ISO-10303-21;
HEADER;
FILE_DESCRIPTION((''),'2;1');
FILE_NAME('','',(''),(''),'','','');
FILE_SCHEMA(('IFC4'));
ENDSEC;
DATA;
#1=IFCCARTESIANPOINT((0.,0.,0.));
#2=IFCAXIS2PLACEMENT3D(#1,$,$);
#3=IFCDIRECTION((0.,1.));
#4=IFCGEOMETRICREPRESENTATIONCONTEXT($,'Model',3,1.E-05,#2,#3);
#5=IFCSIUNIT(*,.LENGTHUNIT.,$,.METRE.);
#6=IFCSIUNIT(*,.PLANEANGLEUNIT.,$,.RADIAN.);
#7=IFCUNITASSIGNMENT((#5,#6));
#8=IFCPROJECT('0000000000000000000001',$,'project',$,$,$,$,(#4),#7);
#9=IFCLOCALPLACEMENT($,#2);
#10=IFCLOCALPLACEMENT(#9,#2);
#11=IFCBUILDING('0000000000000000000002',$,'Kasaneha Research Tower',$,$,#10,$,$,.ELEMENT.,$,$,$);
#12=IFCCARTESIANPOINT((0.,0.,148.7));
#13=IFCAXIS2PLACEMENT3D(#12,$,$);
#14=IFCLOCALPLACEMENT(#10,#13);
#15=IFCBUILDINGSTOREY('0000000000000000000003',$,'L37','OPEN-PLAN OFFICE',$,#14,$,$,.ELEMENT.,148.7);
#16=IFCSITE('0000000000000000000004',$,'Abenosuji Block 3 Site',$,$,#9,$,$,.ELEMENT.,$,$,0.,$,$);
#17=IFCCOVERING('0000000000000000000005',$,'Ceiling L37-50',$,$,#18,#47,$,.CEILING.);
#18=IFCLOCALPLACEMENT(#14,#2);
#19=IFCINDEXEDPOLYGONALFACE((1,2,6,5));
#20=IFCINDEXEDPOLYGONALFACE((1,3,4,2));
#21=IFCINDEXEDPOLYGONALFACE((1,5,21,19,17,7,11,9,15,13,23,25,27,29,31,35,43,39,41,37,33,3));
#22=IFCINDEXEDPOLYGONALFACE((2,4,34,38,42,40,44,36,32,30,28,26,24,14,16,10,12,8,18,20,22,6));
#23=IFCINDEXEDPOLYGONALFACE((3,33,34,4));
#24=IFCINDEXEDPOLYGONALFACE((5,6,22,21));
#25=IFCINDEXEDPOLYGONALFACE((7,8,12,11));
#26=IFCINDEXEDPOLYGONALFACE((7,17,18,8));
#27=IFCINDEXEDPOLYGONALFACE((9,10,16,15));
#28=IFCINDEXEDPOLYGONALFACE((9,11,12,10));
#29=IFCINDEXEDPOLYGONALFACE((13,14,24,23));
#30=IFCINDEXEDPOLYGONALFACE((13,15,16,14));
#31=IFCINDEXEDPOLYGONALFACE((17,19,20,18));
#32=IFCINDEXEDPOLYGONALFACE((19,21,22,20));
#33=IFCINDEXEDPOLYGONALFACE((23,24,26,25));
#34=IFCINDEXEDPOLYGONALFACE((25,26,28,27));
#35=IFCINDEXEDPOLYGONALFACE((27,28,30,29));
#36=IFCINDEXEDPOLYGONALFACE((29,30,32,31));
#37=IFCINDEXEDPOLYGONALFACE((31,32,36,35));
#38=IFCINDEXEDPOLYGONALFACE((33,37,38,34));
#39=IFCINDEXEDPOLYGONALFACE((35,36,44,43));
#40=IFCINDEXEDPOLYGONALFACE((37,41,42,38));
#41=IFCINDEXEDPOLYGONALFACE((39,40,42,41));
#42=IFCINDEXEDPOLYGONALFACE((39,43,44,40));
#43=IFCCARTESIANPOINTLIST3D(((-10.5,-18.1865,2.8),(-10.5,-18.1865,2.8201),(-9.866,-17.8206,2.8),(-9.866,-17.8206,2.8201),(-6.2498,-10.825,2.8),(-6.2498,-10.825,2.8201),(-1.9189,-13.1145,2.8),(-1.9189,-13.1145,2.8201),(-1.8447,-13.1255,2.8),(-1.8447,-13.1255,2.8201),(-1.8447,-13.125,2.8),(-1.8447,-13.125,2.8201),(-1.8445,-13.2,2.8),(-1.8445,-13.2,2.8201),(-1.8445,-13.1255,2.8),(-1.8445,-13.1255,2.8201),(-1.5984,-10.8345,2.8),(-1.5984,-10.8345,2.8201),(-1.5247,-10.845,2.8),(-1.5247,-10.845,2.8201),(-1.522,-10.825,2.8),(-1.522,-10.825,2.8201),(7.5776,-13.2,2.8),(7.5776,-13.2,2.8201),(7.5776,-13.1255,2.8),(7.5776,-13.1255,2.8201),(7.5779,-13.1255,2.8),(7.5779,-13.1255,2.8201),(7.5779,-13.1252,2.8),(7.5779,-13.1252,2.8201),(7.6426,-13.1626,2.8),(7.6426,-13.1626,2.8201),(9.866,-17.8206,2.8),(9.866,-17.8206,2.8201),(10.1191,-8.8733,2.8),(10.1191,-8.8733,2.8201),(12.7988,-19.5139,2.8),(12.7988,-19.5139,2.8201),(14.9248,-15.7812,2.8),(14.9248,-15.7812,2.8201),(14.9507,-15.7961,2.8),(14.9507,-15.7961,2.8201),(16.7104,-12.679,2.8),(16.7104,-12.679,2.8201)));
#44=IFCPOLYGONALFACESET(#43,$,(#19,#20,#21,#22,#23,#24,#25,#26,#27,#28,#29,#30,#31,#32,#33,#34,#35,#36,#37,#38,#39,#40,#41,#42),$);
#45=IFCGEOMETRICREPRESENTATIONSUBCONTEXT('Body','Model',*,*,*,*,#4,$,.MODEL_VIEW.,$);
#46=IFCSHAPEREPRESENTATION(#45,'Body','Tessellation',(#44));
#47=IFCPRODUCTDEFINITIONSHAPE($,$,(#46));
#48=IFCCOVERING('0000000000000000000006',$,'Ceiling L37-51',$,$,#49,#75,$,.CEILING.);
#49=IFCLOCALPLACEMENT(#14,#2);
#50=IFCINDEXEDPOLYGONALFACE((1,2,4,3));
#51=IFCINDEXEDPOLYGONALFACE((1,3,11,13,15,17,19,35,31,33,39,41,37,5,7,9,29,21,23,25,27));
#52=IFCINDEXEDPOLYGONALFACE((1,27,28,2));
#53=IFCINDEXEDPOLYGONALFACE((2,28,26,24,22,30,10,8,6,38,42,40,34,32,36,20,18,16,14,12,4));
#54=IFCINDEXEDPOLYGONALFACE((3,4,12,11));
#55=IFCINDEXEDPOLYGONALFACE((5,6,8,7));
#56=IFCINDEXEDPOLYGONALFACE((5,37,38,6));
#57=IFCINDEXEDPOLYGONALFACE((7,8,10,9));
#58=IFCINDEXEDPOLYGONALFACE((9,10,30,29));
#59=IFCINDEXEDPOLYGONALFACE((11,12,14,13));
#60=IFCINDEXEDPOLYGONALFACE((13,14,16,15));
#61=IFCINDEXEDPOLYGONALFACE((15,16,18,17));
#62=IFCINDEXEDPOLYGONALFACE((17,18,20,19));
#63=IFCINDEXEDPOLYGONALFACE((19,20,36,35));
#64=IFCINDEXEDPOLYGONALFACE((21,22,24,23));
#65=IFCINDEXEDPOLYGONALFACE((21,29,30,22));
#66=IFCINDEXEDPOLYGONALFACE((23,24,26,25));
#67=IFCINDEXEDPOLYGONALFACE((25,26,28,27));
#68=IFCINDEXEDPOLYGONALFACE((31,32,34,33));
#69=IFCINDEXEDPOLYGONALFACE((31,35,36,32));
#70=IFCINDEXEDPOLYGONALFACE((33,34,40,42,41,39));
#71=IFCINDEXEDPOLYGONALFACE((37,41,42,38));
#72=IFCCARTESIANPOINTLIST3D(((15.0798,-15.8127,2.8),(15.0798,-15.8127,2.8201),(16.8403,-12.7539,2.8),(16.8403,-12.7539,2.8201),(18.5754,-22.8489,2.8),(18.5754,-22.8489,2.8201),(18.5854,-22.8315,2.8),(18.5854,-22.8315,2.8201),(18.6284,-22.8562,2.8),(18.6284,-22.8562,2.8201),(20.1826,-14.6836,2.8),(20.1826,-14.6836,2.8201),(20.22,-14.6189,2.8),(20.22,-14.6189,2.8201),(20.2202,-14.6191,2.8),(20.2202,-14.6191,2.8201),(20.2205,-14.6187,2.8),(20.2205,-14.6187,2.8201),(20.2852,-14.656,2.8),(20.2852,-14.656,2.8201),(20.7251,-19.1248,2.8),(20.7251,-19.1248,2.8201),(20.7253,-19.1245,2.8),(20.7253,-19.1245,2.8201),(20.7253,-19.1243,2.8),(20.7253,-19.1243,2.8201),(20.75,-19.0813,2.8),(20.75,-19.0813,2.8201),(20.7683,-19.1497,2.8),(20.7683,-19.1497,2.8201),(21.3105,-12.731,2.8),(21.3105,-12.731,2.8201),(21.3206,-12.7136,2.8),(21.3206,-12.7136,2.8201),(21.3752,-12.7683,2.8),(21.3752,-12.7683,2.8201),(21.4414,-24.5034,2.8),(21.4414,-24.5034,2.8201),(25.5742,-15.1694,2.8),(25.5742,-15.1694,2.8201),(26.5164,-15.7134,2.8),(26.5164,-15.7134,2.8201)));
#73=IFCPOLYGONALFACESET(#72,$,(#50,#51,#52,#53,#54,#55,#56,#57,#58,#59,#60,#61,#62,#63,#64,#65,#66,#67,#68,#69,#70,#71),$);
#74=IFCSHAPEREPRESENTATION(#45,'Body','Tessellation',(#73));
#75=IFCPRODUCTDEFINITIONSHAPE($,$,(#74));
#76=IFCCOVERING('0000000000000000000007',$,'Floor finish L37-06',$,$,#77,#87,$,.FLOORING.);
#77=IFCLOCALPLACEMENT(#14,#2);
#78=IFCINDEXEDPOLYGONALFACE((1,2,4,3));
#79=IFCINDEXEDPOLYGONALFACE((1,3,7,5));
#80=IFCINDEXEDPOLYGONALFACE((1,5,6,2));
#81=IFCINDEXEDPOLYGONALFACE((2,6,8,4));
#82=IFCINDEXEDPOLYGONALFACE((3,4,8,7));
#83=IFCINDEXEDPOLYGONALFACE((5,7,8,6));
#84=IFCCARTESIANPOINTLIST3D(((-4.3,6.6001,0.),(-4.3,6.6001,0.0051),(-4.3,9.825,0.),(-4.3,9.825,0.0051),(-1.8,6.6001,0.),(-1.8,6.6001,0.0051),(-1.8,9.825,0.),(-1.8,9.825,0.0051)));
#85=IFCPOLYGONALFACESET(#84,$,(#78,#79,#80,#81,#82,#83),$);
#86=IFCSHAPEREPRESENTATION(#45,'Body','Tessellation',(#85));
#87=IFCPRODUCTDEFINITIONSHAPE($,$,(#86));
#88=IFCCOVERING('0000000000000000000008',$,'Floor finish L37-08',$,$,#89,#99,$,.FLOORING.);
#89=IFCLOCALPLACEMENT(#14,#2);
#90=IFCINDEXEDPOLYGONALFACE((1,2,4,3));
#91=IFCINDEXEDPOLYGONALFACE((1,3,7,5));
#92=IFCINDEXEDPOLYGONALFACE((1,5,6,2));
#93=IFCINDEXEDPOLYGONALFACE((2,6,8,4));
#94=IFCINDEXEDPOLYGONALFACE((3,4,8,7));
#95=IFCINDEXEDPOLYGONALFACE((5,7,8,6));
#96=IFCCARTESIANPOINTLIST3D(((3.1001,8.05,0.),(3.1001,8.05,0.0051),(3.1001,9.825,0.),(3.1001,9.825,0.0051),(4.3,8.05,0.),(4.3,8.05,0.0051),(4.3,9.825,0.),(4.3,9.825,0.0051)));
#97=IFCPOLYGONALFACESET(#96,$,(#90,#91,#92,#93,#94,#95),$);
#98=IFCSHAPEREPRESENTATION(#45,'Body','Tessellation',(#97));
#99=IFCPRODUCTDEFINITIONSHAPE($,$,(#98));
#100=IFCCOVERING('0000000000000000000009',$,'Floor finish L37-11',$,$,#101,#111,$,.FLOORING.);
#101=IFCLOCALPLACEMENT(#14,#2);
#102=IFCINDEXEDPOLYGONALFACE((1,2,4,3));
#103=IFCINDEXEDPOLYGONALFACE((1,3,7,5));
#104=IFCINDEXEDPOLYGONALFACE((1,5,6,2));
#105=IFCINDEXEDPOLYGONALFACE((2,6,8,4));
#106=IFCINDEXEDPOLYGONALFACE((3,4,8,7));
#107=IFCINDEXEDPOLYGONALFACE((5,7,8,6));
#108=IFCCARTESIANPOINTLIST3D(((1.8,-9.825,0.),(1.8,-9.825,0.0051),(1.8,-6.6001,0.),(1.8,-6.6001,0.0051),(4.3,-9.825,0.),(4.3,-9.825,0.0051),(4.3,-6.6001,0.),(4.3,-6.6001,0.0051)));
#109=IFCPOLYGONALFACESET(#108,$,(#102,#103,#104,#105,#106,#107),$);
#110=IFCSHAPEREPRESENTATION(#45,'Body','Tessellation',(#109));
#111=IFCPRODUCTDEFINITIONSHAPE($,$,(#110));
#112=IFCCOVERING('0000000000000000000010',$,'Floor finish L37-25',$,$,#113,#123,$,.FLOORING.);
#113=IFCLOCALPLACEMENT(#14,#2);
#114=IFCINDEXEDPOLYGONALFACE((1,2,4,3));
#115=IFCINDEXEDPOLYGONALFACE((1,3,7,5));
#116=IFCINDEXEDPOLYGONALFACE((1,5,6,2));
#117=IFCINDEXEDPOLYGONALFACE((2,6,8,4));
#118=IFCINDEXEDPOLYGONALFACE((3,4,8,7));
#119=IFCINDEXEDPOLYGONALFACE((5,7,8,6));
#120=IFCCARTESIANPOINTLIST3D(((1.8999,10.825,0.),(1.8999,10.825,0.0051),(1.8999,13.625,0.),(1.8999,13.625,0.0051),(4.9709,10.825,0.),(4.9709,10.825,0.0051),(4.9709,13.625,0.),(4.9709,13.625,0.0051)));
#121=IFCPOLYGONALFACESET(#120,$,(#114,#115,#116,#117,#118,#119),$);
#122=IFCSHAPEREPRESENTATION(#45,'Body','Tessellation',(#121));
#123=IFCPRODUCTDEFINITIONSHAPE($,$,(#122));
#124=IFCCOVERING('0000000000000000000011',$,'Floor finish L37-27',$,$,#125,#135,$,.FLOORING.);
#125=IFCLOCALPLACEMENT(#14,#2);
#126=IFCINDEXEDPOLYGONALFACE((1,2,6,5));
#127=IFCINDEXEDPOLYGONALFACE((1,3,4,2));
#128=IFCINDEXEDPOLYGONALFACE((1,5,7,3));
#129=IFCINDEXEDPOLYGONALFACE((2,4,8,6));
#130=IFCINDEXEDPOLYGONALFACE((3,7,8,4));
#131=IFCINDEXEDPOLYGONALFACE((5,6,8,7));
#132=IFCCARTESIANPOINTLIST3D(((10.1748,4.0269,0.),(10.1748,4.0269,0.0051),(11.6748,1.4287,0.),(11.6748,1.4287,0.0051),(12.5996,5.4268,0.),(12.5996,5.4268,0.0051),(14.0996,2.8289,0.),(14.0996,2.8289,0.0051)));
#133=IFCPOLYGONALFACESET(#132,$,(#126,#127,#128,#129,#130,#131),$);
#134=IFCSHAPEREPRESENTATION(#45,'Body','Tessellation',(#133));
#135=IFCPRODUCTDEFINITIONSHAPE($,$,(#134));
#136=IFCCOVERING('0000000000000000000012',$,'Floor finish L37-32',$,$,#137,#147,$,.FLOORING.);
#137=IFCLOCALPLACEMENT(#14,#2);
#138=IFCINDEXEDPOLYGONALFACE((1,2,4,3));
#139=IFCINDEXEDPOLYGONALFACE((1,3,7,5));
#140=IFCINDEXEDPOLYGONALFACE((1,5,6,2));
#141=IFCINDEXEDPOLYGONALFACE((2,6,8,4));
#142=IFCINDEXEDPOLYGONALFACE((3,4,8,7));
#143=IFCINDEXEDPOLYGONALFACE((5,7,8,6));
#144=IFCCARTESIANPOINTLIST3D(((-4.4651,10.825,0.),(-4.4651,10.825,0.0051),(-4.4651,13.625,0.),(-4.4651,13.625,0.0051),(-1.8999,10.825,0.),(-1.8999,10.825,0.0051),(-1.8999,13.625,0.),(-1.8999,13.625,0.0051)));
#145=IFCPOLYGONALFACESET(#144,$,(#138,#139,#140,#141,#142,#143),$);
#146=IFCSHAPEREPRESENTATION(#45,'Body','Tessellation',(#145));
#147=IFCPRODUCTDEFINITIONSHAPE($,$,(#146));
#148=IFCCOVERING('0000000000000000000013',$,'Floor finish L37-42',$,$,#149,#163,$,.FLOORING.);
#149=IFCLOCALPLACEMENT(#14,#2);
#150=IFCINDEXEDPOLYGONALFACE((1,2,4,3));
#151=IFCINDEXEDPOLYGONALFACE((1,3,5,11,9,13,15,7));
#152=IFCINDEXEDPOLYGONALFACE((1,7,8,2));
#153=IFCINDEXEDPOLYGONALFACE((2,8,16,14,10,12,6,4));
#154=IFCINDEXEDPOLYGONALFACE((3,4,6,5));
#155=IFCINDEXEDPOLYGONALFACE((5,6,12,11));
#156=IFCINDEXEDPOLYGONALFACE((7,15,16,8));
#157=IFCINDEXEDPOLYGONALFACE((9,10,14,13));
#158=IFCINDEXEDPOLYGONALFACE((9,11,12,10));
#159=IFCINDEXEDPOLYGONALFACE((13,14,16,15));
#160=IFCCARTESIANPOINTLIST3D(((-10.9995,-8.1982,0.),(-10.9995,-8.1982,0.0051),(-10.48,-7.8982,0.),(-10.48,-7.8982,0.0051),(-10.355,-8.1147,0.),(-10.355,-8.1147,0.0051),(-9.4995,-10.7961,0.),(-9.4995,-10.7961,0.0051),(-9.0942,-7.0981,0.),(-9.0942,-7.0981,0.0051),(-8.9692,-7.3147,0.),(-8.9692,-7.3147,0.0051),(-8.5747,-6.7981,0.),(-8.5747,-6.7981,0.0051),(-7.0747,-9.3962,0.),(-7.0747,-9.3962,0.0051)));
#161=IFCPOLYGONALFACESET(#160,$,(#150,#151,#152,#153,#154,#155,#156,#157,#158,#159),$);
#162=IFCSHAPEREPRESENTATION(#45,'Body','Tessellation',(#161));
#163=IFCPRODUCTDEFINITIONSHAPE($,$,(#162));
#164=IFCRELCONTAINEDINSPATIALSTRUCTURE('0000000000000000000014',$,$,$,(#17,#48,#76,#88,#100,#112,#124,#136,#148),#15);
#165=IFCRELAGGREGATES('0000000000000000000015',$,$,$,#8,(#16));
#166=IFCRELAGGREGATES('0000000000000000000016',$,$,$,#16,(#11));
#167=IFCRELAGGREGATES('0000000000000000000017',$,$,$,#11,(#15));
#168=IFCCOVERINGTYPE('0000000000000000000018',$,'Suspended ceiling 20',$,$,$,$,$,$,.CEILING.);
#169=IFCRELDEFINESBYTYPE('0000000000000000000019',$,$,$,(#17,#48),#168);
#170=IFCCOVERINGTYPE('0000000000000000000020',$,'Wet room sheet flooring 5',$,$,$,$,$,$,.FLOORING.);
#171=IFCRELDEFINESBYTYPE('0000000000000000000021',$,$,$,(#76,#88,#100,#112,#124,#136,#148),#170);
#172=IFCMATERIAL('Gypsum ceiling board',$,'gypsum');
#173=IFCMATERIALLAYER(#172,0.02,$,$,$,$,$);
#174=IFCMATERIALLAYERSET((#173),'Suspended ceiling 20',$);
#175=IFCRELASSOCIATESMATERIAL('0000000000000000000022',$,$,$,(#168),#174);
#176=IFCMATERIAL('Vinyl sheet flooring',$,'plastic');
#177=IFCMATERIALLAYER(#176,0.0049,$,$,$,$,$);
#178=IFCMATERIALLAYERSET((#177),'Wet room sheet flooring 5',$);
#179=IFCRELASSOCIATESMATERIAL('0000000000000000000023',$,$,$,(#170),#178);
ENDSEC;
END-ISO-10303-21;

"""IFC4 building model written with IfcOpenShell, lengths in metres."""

from ifc_helpers import new_model, si_unit, direction, frame, origin, place, context, subcontext, project, spatial, polyline, outline, extrude, material, layer, layer_set, type_object, element, save


model = new_model("IFC4")

# Units and contexts
model_context = context("Model", 3, precision=1e-05, world=origin(), true_north=direction((0.0, 1.0)))
body_context = subcontext(model_context, "Body", "Model", "MODEL_VIEW")
ifc_project = project(units=[si_unit("LENGTHUNIT", "METRE"), si_unit("PLANEANGLEUNIT", "RADIAN")], contexts=[model_context])

# Site, building, storey
site_placement = place(None, origin())
site = spatial("IfcSite", under=ifc_project, at=site_placement, Name="Abenosuji Block 3 Site", CompositionType="ELEMENT", RefElevation=0.0)
building_placement = place(site_placement, origin())
building = spatial("IfcBuilding", under=site, at=building_placement, Name="Kasaneha Research Tower", CompositionType="ELEMENT")
storey_placement = place(building_placement, frame((0.0, 0.0, 148.7)))
storey = spatial("IfcBuildingStorey", under=building, at=storey_placement, Name="L37", Description="OPEN-PLAN OFFICE", CompositionType="ELEMENT", Elevation=148.7)

# Coverings
ifc_material_1 = material(Name="Gypsum ceiling board", Category="gypsum")
ifc_layer_1 = layer(ifc_material_1, 0.02)
ifc_layer_set_1 = layer_set([ifc_layer_1], Name="Suspended ceiling 20")
covering_type_1 = type_object("IfcCoveringType", Name="Suspended ceiling 20", PredefinedType="CEILING", material=ifc_layer_set_1)
covering_1_placement = place(storey_placement, frame((0.0, 0.0, 2.8)))
element("IfcCovering", 1, at=covering_1_placement, inside=storey, type_object=covering_type_1, Name="Ceiling L37-50", PredefinedType="CEILING", context=body_context, shape_type="SweptSolid", body=[
    extrude(outline(polyline([(-6.2498, -10.825), (-1.522, -10.825), (-1.5247, -10.845), (-1.5984, -10.8345), (-1.9189, -13.1145), (-1.8447, -13.125), (-1.8447, -13.1255), (-1.8445, -13.1255), (-1.8445, -13.2), (7.5776, -13.2), (7.5776, -13.1255), (7.5779, -13.1255), (7.5779, -13.1252), (7.6426, -13.1626), (10.1191, -8.8733), (16.7104, -12.679), (14.9248, -15.7812), (14.9507, -15.7961), (12.7988, -19.5139), (9.866, -17.8206), (-9.866, -17.8206), (-10.5, -18.1865), (-6.2498, -10.825)])), origin(), (0.0, 0.0, 1.0), 0.02),
])
covering_2_placement = place(storey_placement, frame((0.0, 0.0, 2.8)))
element("IfcCovering", 2, at=covering_2_placement, inside=storey, type_object=covering_type_1, Name="Ceiling L37-51", PredefinedType="CEILING", context=body_context, shape_type="SweptSolid", body=[
    extrude(outline(polyline([(20.2205, -14.6187), (20.2852, -14.656), (21.3752, -12.7683), (21.3105, -12.731), (21.3206, -12.7136), (25.5742, -15.1694), (26.5164, -15.7134), (21.4414, -24.5034), (18.5754, -22.8489), (18.5854, -22.8315), (18.6284, -22.8562), (20.7683, -19.1497), (20.7251, -19.1248), (20.7253, -19.1245), (20.7253, -19.1243), (20.75, -19.0813), (15.0798, -15.8127), (16.8403, -12.7539), (20.1826, -14.6836), (20.22, -14.6189), (20.2202, -14.6191), (20.2205, -14.6187)])), origin(), (0.0, 0.0, 1.0), 0.02),
])
ifc_material_2 = material(Name="Vinyl sheet flooring", Category="plastic")
ifc_layer_2 = layer(ifc_material_2, 0.0049)
ifc_layer_set_2 = layer_set([ifc_layer_2], Name="Wet room sheet flooring 5")
covering_type_2 = type_object("IfcCoveringType", Name="Wet room sheet flooring 5", PredefinedType="FLOORING", material=ifc_layer_set_2)
covering_3_placement = place(storey_placement, origin())
element("IfcCovering", 3, at=covering_3_placement, inside=storey, type_object=covering_type_2, Name="Floor finish L37-06", PredefinedType="FLOORING", context=body_context, shape_type="SweptSolid", body=[
    extrude(outline(polyline([(-1.8, 9.825), (-1.8, 6.6001), (-4.3, 6.6001), (-4.3, 9.825), (-1.8, 9.825)])), origin(), (0.0, 0.0, 1.0), 0.0051),
])
covering_4_placement = place(storey_placement, origin())
element("IfcCovering", 4, at=covering_4_placement, inside=storey, type_object=covering_type_2, Name="Floor finish L37-08", PredefinedType="FLOORING", context=body_context, shape_type="SweptSolid", body=[
    extrude(outline(polyline([(4.3, 8.05), (3.1001, 8.05), (3.1001, 9.825), (4.3, 9.825), (4.3, 8.05)])), origin(), (0.0, 0.0, 1.0), 0.0051),
])
covering_5_placement = place(storey_placement, origin())
element("IfcCovering", 5, at=covering_5_placement, inside=storey, type_object=covering_type_2, Name="Floor finish L37-11", PredefinedType="FLOORING", context=body_context, shape_type="SweptSolid", body=[
    extrude(outline(polyline([(1.8, -9.825), (1.8, -6.6001), (4.3, -6.6001), (4.3, -9.825), (1.8, -9.825)])), origin(), (0.0, 0.0, 1.0), 0.0051),
])
covering_6_placement = place(storey_placement, origin())
element("IfcCovering", 6, at=covering_6_placement, inside=storey, type_object=covering_type_2, Name="Floor finish L37-25", PredefinedType="FLOORING", context=body_context, shape_type="SweptSolid", body=[
    extrude(outline(polyline([(4.9709, 13.625), (4.9709, 10.825), (1.8999, 10.825), (1.8999, 13.625), (4.9709, 13.625)])), origin(), (0.0, 0.0, 1.0), 0.0051),
])
covering_7_placement = place(storey_placement, origin())
element("IfcCovering", 7, at=covering_7_placement, inside=storey, type_object=covering_type_2, Name="Floor finish L37-27", PredefinedType="FLOORING", context=body_context, shape_type="SweptSolid", body=[
    extrude(outline(polyline([(14.0996, 2.8289), (11.6748, 1.4287), (10.1748, 4.0269), (12.5996, 5.4268), (14.0996, 2.8289)])), origin(), (0.0, 0.0, 1.0), 0.0051),
])
covering_8_placement = place(storey_placement, origin())
element("IfcCovering", 8, at=covering_8_placement, inside=storey, type_object=covering_type_2, Name="Floor finish L37-32", PredefinedType="FLOORING", context=body_context, shape_type="SweptSolid", body=[
    extrude(outline(polyline([(-1.8999, 13.625), (-1.8999, 10.825), (-4.4651, 10.825), (-4.4651, 13.625), (-1.8999, 13.625)])), origin(), (0.0, 0.0, 1.0), 0.0051),
])
covering_9_placement = place(storey_placement, origin())
element("IfcCovering", 9, at=covering_9_placement, inside=storey, type_object=covering_type_2, Name="Floor finish L37-42", PredefinedType="FLOORING", context=body_context, shape_type="SweptSolid", body=[
    extrude(outline(polyline([(-10.9995, -8.1982), (-10.48, -7.8982), (-10.355, -8.1147), (-8.9692, -7.3147), (-9.0942, -7.0981), (-8.5747, -6.7981), (-7.0747, -9.3962), (-9.4995, -10.7961), (-10.9995, -8.1982)])), origin(), (0.0, 0.0, 1.0), 0.0051),
])

save(model, "model.ifc")
